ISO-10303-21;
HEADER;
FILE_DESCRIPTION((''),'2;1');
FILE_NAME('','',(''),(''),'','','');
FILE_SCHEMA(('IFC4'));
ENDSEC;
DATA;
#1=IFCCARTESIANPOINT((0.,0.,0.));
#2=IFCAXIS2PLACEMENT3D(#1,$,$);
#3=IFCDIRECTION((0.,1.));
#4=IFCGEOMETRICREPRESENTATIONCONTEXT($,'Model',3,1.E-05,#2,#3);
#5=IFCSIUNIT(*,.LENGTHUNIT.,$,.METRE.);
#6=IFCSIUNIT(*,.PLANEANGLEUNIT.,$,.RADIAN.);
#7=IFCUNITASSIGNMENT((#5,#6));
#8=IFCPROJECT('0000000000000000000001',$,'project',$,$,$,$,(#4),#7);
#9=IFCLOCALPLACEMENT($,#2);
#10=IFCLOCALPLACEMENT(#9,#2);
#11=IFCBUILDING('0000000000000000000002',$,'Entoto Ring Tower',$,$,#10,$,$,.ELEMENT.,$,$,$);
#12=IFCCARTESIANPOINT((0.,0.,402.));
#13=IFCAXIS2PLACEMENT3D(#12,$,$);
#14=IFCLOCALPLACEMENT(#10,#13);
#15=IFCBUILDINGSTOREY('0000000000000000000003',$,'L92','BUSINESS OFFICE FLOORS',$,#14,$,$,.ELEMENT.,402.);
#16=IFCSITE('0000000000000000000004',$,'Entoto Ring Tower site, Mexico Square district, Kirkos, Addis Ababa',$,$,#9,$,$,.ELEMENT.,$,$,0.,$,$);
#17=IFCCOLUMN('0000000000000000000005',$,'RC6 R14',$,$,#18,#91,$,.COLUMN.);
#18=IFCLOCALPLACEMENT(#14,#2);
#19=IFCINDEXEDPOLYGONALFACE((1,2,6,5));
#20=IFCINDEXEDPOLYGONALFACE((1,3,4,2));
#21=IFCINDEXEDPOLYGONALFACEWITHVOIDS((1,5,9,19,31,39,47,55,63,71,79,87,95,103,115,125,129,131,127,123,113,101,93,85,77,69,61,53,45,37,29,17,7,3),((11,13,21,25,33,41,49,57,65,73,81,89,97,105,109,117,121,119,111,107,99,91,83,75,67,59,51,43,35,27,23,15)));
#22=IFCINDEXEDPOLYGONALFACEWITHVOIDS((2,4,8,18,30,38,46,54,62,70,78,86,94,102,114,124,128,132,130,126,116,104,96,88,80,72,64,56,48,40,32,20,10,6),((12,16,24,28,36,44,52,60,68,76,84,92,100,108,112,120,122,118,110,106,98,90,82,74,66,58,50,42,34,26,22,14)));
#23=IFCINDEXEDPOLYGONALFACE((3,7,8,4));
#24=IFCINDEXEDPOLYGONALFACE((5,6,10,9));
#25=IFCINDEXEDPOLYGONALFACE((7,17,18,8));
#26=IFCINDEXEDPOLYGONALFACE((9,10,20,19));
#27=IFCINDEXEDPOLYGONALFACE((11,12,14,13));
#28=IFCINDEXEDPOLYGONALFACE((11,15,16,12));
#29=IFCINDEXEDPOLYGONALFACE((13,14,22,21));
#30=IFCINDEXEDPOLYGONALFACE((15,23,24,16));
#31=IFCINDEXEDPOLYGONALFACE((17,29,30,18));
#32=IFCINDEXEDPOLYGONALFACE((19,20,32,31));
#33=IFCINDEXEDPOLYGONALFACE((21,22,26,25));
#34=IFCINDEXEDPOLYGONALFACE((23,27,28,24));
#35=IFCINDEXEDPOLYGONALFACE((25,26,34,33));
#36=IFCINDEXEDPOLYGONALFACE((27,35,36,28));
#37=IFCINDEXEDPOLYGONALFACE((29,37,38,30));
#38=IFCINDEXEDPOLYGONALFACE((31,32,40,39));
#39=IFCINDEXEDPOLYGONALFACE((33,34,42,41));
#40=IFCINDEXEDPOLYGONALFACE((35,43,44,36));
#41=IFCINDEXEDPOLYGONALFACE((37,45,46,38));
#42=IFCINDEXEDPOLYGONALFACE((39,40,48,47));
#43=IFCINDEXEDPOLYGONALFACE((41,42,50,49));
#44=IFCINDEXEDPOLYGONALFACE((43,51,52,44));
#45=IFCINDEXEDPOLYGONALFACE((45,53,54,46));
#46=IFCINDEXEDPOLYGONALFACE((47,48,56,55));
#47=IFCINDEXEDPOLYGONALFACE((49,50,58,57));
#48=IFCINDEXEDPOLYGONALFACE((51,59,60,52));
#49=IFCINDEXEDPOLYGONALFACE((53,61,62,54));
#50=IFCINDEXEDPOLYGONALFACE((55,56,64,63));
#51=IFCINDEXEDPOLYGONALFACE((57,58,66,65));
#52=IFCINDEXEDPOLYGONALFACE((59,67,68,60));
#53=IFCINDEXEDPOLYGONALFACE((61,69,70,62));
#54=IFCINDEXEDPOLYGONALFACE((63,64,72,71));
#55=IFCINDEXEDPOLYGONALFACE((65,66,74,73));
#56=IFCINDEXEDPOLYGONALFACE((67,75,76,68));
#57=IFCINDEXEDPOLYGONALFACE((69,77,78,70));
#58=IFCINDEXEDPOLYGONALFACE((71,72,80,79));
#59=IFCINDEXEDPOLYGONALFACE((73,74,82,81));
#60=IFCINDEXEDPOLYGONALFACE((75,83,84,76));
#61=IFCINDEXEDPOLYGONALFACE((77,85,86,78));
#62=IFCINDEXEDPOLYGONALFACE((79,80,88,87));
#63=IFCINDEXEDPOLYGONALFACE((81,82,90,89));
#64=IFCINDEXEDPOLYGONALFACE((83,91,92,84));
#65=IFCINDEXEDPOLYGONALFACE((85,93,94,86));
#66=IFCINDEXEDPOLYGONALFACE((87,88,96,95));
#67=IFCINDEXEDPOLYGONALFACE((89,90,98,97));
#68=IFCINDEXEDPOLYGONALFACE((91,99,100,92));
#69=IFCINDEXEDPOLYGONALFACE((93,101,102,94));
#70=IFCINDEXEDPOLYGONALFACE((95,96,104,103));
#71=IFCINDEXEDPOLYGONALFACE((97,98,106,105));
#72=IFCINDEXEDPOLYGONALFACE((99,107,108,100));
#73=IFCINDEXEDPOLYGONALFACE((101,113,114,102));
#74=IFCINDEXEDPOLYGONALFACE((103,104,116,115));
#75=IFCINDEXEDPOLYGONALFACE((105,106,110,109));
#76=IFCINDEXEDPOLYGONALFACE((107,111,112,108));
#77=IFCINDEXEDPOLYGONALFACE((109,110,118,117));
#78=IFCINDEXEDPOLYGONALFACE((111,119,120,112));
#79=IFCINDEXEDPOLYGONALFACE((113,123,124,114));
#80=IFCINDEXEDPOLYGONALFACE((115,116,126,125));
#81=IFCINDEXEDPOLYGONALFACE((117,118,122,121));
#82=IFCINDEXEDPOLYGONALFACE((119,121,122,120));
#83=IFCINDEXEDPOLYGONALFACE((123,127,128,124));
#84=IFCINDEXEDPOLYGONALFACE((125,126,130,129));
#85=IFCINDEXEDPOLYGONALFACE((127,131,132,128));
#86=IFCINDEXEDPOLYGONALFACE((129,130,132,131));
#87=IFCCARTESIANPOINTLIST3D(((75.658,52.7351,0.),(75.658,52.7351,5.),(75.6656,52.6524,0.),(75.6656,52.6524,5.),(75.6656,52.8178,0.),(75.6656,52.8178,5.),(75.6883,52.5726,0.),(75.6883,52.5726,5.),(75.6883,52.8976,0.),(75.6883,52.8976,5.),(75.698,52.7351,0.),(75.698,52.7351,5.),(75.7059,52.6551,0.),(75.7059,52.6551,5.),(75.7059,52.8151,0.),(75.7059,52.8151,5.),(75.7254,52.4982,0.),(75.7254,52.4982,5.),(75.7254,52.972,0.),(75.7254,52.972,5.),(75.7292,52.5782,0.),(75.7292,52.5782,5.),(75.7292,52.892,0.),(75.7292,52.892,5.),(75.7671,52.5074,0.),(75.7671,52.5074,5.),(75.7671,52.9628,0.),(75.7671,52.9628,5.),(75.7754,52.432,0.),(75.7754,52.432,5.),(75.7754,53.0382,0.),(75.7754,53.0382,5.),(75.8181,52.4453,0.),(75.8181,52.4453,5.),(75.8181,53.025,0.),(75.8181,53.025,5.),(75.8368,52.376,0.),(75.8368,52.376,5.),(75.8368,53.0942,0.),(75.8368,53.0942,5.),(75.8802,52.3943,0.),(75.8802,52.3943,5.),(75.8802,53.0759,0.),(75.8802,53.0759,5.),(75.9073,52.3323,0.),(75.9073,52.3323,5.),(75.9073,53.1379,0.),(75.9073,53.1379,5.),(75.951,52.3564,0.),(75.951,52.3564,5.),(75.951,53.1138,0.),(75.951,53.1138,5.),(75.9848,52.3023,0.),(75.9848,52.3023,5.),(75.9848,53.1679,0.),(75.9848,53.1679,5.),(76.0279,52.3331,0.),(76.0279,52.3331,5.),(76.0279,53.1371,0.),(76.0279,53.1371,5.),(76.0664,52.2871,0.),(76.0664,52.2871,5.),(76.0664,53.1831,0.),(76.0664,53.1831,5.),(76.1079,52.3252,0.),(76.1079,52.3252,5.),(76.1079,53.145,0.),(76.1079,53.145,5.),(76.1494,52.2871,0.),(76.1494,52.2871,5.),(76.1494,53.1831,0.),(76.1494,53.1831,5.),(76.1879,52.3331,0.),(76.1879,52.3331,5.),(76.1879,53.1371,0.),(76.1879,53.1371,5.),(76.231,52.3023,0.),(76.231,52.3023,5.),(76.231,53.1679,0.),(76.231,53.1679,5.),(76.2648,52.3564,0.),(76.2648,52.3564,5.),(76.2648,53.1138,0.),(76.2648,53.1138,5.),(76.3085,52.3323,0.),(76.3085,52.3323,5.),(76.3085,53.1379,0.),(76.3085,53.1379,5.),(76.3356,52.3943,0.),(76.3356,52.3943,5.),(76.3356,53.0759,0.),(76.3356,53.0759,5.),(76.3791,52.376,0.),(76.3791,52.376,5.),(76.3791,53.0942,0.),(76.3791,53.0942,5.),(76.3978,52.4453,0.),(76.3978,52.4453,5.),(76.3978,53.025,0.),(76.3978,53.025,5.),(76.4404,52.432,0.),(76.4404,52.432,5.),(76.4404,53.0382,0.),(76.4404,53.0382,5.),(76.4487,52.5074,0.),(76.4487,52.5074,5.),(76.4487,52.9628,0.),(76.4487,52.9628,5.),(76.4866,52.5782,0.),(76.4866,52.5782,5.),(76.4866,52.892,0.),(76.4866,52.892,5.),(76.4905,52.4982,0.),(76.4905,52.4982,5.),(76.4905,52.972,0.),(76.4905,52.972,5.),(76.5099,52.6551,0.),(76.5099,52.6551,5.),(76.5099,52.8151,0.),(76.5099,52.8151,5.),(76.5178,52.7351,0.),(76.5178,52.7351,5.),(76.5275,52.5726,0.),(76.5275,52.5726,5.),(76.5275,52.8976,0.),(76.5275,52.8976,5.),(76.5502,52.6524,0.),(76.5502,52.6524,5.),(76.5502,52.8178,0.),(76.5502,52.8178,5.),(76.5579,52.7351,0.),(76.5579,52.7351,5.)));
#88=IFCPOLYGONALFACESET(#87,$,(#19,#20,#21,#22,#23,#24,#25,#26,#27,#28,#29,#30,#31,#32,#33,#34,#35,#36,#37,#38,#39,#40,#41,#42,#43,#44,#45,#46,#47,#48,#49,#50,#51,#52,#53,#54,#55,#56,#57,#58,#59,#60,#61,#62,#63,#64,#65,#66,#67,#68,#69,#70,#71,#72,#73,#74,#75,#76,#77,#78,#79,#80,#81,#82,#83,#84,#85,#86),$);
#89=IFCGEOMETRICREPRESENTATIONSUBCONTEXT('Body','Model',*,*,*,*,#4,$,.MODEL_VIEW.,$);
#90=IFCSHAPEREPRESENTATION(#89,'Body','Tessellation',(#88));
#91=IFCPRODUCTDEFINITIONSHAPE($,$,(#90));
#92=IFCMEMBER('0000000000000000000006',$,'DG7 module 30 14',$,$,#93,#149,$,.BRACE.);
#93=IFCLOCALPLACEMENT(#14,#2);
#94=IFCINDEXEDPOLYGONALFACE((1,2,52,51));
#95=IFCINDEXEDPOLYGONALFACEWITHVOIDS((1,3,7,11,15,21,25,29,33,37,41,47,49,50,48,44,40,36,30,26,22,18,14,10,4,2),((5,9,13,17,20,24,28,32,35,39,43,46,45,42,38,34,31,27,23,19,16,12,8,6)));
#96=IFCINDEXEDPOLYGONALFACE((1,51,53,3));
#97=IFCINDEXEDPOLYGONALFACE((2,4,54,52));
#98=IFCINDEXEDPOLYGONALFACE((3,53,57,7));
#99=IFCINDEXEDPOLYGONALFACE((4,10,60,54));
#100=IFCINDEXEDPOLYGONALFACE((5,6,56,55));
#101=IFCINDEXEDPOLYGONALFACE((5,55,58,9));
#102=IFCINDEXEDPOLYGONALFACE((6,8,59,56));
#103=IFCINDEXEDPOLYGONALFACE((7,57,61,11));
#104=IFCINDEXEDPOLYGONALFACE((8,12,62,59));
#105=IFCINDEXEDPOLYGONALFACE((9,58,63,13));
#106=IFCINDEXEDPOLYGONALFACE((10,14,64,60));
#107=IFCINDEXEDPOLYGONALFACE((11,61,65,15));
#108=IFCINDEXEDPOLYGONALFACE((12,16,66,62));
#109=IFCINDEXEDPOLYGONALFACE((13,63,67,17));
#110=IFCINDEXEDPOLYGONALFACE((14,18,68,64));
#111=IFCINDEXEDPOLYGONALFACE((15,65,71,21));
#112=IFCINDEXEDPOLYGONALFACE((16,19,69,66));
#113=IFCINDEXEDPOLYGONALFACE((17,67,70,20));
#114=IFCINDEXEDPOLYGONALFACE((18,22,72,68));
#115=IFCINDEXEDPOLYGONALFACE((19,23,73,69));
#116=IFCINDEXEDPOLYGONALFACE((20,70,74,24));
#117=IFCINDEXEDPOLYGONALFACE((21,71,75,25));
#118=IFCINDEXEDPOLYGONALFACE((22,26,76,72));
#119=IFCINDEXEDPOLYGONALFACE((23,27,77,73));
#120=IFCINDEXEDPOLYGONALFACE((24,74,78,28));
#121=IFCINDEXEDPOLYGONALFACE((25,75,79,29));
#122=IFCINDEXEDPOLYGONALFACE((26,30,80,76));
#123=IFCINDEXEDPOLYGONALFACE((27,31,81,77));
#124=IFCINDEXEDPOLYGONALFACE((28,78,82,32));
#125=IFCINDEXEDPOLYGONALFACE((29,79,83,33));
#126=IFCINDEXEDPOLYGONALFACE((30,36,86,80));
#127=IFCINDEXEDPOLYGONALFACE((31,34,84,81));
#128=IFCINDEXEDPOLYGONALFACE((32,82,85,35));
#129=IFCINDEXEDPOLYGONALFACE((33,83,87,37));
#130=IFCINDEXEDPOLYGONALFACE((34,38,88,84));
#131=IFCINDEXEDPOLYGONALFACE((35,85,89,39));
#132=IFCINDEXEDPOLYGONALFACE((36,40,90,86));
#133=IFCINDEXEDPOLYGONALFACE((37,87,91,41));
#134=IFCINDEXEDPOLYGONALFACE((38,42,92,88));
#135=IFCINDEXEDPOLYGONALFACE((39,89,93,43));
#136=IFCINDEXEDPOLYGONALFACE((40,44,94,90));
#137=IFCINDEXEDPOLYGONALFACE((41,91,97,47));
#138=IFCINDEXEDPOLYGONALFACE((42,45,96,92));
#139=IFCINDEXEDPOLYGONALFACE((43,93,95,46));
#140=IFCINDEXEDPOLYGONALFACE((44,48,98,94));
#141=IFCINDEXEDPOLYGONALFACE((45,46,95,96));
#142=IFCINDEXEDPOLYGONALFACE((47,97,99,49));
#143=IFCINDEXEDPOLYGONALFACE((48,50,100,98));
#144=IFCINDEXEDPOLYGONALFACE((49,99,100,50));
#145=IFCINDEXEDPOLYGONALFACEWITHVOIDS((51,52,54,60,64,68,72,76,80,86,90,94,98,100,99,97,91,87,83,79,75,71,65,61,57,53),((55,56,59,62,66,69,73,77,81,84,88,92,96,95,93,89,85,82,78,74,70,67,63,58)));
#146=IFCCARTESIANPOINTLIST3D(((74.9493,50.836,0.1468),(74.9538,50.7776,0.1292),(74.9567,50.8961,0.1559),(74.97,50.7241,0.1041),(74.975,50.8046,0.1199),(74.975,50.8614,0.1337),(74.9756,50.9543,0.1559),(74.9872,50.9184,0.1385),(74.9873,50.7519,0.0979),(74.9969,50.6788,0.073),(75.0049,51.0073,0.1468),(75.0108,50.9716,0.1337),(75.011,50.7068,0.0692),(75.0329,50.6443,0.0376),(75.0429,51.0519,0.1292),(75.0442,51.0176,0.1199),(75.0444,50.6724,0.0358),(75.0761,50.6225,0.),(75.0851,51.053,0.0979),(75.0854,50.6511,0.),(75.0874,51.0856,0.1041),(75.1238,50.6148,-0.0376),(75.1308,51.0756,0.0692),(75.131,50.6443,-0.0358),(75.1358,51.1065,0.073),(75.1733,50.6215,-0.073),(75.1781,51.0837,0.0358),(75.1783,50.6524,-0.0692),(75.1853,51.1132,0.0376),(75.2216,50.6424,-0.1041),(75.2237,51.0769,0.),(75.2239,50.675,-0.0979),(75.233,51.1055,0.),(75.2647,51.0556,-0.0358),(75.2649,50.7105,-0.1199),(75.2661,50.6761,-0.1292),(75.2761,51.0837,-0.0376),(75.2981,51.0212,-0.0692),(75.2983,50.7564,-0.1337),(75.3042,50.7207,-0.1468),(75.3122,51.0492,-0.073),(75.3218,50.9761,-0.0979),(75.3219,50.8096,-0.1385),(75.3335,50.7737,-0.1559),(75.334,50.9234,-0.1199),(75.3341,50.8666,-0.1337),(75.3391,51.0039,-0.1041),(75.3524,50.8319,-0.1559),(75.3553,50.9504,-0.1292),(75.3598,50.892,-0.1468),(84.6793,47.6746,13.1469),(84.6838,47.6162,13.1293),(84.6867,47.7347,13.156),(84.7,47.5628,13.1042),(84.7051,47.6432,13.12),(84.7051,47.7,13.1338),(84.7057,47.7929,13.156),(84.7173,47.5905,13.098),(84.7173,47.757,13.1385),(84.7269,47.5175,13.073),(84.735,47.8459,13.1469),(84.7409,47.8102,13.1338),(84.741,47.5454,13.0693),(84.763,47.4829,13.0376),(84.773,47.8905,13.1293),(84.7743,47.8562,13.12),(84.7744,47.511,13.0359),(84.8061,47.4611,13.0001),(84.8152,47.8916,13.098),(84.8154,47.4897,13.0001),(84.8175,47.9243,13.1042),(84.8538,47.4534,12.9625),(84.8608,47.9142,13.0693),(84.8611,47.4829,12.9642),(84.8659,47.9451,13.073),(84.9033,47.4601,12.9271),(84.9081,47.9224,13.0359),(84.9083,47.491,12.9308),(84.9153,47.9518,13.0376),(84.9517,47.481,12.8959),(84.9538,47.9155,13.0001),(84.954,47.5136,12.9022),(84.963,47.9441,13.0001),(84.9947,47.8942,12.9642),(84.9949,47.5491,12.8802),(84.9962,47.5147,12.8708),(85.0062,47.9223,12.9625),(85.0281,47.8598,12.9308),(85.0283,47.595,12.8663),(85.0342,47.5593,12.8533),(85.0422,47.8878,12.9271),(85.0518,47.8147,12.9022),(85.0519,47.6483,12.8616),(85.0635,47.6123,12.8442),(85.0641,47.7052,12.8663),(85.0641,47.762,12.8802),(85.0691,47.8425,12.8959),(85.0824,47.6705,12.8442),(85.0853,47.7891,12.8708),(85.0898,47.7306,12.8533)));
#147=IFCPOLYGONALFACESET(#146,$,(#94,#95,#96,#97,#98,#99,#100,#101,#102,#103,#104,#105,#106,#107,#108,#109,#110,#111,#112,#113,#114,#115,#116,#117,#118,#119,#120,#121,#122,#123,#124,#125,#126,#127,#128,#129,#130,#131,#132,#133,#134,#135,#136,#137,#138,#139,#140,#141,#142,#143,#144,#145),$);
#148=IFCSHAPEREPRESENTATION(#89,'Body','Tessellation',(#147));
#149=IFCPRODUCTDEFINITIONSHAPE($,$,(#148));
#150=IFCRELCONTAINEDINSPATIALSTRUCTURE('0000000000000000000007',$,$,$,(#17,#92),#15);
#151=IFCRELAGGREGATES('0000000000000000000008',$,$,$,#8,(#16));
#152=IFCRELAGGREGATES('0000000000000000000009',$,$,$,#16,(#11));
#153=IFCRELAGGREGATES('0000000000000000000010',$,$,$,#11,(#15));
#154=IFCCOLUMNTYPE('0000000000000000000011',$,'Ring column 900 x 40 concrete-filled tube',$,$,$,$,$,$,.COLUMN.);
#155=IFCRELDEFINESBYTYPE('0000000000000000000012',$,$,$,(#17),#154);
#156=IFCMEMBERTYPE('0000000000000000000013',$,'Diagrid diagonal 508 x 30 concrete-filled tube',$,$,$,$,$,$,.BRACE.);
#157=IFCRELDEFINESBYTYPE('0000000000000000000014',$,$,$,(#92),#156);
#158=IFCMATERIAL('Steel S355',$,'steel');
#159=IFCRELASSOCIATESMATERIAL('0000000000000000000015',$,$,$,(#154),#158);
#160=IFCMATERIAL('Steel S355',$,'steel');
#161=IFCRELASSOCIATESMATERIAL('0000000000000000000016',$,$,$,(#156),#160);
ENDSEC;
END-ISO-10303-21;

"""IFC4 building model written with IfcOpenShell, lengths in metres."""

from ifc_helpers import new_model, si_unit, direction, frame, origin, origin_2d, place, context, subcontext, project, spatial, circle, hollow_circle, extrude, material, material_profile, profile_set, type_object, element, save


model = new_model("IFC4")

# Units and contexts
model_context = context("Model", 3, precision=1e-05, world=origin(), true_north=direction((0.0, 1.0)))
body_context = subcontext(model_context, "Body", "Model", "MODEL_VIEW")
ifc_project = project(units=[si_unit("LENGTHUNIT", "METRE"), si_unit("PLANEANGLEUNIT", "RADIAN")], contexts=[model_context])

# Site, building, storey
site_placement = place(None, origin())
site = spatial("IfcSite", under=ifc_project, at=site_placement, Name="Entoto Ring Tower site, Mexico Square district, Kirkos, Addis Ababa", CompositionType="ELEMENT", RefElevation=0.0)
building_placement = place(site_placement, origin())
building = spatial("IfcBuilding", under=site, at=building_placement, Name="Entoto Ring Tower", CompositionType="ELEMENT")
storey_placement = place(building_placement, frame((0.0, 0.0, 402.0)))
storey = spatial("IfcBuildingStorey", under=building, at=storey_placement, Name="L92", Description="BUSINESS OFFICE FLOORS", CompositionType="ELEMENT", Elevation=402.0)

# Column
ifc_material_1 = material(Name="Steel S355", Category="steel")
ifc_material_profile_1 = material_profile(ifc_material_1, hollow_circle(Radius=0.45, WallThickness=0.04, at=origin_2d()), Name="CHS 900 x 40")
ifc_material_2 = material(Name="Concrete C60/75", Category="concrete")
ifc_material_profile_2 = material_profile(ifc_material_2, circle(Radius=0.4099, at=origin_2d()), Name="Concrete C60/75 infill")
ifc_profile_set_1 = profile_set([ifc_material_profile_1, ifc_material_profile_2], Name="Steel S355")
column_type = type_object("IfcColumnType", Name="Ring column 900 x 40 concrete-filled tube", PredefinedType="COLUMN", material=ifc_profile_set_1)
column_placement = place(storey_placement, frame((76.1079, 52.7351, 0.0), z_axis=(0.0, 0.0, 1.0), x_axis=(1.0, 0.0, 0.0)))
element("IfcColumn", 1, at=column_placement, inside=storey, type_object=column_type, Name="RC6 R14", PredefinedType="COLUMN", context=body_context, shape_type="SweptSolid", body=[
    extrude(hollow_circle(Radius=0.45, WallThickness=0.04, at=origin_2d()), origin(), (0.0, 0.0, 1.0), 5.0),
])

# Member
ifc_material_3 = material(Name="Steel S355", Category="steel")
ifc_material_profile_3 = material_profile(ifc_material_3, hollow_circle(Radius=0.2539, WallThickness=0.03, at=origin_2d()), Name="CHS 508 x 30")
ifc_material_4 = material(Name="Concrete C60/75", Category="concrete")
ifc_material_profile_4 = material_profile(ifc_material_4, circle(Radius=0.2241, at=origin_2d()), Name="Concrete C60/75 infill")
ifc_profile_set_2 = profile_set([ifc_material_profile_3, ifc_material_profile_4], Name="Steel S355")
member_type_1 = type_object("IfcMemberType", Name="Diagrid diagonal 508 x 30 concrete-filled tube", PredefinedType="BRACE", material=ifc_profile_set_2)
member_1_placement = place(storey_placement, frame((75.1545, 50.864, 0.0), z_axis=(0.588167, -0.191102, 0.785837), x_axis=(0.309009, 0.951059, 0.0)))
element("IfcMember", 2, at=member_1_placement, inside=storey, type_object=member_type_1, Name="DG7 module 30 14", PredefinedType="BRACE", context=body_context, shape_type="SweptSolid", body=[
    extrude(hollow_circle(Radius=0.2539, WallThickness=0.03, at=origin_2d()), origin(), (0.0, 0.0, 1.0), 16.543),
])

save(model, "model.ifc")
